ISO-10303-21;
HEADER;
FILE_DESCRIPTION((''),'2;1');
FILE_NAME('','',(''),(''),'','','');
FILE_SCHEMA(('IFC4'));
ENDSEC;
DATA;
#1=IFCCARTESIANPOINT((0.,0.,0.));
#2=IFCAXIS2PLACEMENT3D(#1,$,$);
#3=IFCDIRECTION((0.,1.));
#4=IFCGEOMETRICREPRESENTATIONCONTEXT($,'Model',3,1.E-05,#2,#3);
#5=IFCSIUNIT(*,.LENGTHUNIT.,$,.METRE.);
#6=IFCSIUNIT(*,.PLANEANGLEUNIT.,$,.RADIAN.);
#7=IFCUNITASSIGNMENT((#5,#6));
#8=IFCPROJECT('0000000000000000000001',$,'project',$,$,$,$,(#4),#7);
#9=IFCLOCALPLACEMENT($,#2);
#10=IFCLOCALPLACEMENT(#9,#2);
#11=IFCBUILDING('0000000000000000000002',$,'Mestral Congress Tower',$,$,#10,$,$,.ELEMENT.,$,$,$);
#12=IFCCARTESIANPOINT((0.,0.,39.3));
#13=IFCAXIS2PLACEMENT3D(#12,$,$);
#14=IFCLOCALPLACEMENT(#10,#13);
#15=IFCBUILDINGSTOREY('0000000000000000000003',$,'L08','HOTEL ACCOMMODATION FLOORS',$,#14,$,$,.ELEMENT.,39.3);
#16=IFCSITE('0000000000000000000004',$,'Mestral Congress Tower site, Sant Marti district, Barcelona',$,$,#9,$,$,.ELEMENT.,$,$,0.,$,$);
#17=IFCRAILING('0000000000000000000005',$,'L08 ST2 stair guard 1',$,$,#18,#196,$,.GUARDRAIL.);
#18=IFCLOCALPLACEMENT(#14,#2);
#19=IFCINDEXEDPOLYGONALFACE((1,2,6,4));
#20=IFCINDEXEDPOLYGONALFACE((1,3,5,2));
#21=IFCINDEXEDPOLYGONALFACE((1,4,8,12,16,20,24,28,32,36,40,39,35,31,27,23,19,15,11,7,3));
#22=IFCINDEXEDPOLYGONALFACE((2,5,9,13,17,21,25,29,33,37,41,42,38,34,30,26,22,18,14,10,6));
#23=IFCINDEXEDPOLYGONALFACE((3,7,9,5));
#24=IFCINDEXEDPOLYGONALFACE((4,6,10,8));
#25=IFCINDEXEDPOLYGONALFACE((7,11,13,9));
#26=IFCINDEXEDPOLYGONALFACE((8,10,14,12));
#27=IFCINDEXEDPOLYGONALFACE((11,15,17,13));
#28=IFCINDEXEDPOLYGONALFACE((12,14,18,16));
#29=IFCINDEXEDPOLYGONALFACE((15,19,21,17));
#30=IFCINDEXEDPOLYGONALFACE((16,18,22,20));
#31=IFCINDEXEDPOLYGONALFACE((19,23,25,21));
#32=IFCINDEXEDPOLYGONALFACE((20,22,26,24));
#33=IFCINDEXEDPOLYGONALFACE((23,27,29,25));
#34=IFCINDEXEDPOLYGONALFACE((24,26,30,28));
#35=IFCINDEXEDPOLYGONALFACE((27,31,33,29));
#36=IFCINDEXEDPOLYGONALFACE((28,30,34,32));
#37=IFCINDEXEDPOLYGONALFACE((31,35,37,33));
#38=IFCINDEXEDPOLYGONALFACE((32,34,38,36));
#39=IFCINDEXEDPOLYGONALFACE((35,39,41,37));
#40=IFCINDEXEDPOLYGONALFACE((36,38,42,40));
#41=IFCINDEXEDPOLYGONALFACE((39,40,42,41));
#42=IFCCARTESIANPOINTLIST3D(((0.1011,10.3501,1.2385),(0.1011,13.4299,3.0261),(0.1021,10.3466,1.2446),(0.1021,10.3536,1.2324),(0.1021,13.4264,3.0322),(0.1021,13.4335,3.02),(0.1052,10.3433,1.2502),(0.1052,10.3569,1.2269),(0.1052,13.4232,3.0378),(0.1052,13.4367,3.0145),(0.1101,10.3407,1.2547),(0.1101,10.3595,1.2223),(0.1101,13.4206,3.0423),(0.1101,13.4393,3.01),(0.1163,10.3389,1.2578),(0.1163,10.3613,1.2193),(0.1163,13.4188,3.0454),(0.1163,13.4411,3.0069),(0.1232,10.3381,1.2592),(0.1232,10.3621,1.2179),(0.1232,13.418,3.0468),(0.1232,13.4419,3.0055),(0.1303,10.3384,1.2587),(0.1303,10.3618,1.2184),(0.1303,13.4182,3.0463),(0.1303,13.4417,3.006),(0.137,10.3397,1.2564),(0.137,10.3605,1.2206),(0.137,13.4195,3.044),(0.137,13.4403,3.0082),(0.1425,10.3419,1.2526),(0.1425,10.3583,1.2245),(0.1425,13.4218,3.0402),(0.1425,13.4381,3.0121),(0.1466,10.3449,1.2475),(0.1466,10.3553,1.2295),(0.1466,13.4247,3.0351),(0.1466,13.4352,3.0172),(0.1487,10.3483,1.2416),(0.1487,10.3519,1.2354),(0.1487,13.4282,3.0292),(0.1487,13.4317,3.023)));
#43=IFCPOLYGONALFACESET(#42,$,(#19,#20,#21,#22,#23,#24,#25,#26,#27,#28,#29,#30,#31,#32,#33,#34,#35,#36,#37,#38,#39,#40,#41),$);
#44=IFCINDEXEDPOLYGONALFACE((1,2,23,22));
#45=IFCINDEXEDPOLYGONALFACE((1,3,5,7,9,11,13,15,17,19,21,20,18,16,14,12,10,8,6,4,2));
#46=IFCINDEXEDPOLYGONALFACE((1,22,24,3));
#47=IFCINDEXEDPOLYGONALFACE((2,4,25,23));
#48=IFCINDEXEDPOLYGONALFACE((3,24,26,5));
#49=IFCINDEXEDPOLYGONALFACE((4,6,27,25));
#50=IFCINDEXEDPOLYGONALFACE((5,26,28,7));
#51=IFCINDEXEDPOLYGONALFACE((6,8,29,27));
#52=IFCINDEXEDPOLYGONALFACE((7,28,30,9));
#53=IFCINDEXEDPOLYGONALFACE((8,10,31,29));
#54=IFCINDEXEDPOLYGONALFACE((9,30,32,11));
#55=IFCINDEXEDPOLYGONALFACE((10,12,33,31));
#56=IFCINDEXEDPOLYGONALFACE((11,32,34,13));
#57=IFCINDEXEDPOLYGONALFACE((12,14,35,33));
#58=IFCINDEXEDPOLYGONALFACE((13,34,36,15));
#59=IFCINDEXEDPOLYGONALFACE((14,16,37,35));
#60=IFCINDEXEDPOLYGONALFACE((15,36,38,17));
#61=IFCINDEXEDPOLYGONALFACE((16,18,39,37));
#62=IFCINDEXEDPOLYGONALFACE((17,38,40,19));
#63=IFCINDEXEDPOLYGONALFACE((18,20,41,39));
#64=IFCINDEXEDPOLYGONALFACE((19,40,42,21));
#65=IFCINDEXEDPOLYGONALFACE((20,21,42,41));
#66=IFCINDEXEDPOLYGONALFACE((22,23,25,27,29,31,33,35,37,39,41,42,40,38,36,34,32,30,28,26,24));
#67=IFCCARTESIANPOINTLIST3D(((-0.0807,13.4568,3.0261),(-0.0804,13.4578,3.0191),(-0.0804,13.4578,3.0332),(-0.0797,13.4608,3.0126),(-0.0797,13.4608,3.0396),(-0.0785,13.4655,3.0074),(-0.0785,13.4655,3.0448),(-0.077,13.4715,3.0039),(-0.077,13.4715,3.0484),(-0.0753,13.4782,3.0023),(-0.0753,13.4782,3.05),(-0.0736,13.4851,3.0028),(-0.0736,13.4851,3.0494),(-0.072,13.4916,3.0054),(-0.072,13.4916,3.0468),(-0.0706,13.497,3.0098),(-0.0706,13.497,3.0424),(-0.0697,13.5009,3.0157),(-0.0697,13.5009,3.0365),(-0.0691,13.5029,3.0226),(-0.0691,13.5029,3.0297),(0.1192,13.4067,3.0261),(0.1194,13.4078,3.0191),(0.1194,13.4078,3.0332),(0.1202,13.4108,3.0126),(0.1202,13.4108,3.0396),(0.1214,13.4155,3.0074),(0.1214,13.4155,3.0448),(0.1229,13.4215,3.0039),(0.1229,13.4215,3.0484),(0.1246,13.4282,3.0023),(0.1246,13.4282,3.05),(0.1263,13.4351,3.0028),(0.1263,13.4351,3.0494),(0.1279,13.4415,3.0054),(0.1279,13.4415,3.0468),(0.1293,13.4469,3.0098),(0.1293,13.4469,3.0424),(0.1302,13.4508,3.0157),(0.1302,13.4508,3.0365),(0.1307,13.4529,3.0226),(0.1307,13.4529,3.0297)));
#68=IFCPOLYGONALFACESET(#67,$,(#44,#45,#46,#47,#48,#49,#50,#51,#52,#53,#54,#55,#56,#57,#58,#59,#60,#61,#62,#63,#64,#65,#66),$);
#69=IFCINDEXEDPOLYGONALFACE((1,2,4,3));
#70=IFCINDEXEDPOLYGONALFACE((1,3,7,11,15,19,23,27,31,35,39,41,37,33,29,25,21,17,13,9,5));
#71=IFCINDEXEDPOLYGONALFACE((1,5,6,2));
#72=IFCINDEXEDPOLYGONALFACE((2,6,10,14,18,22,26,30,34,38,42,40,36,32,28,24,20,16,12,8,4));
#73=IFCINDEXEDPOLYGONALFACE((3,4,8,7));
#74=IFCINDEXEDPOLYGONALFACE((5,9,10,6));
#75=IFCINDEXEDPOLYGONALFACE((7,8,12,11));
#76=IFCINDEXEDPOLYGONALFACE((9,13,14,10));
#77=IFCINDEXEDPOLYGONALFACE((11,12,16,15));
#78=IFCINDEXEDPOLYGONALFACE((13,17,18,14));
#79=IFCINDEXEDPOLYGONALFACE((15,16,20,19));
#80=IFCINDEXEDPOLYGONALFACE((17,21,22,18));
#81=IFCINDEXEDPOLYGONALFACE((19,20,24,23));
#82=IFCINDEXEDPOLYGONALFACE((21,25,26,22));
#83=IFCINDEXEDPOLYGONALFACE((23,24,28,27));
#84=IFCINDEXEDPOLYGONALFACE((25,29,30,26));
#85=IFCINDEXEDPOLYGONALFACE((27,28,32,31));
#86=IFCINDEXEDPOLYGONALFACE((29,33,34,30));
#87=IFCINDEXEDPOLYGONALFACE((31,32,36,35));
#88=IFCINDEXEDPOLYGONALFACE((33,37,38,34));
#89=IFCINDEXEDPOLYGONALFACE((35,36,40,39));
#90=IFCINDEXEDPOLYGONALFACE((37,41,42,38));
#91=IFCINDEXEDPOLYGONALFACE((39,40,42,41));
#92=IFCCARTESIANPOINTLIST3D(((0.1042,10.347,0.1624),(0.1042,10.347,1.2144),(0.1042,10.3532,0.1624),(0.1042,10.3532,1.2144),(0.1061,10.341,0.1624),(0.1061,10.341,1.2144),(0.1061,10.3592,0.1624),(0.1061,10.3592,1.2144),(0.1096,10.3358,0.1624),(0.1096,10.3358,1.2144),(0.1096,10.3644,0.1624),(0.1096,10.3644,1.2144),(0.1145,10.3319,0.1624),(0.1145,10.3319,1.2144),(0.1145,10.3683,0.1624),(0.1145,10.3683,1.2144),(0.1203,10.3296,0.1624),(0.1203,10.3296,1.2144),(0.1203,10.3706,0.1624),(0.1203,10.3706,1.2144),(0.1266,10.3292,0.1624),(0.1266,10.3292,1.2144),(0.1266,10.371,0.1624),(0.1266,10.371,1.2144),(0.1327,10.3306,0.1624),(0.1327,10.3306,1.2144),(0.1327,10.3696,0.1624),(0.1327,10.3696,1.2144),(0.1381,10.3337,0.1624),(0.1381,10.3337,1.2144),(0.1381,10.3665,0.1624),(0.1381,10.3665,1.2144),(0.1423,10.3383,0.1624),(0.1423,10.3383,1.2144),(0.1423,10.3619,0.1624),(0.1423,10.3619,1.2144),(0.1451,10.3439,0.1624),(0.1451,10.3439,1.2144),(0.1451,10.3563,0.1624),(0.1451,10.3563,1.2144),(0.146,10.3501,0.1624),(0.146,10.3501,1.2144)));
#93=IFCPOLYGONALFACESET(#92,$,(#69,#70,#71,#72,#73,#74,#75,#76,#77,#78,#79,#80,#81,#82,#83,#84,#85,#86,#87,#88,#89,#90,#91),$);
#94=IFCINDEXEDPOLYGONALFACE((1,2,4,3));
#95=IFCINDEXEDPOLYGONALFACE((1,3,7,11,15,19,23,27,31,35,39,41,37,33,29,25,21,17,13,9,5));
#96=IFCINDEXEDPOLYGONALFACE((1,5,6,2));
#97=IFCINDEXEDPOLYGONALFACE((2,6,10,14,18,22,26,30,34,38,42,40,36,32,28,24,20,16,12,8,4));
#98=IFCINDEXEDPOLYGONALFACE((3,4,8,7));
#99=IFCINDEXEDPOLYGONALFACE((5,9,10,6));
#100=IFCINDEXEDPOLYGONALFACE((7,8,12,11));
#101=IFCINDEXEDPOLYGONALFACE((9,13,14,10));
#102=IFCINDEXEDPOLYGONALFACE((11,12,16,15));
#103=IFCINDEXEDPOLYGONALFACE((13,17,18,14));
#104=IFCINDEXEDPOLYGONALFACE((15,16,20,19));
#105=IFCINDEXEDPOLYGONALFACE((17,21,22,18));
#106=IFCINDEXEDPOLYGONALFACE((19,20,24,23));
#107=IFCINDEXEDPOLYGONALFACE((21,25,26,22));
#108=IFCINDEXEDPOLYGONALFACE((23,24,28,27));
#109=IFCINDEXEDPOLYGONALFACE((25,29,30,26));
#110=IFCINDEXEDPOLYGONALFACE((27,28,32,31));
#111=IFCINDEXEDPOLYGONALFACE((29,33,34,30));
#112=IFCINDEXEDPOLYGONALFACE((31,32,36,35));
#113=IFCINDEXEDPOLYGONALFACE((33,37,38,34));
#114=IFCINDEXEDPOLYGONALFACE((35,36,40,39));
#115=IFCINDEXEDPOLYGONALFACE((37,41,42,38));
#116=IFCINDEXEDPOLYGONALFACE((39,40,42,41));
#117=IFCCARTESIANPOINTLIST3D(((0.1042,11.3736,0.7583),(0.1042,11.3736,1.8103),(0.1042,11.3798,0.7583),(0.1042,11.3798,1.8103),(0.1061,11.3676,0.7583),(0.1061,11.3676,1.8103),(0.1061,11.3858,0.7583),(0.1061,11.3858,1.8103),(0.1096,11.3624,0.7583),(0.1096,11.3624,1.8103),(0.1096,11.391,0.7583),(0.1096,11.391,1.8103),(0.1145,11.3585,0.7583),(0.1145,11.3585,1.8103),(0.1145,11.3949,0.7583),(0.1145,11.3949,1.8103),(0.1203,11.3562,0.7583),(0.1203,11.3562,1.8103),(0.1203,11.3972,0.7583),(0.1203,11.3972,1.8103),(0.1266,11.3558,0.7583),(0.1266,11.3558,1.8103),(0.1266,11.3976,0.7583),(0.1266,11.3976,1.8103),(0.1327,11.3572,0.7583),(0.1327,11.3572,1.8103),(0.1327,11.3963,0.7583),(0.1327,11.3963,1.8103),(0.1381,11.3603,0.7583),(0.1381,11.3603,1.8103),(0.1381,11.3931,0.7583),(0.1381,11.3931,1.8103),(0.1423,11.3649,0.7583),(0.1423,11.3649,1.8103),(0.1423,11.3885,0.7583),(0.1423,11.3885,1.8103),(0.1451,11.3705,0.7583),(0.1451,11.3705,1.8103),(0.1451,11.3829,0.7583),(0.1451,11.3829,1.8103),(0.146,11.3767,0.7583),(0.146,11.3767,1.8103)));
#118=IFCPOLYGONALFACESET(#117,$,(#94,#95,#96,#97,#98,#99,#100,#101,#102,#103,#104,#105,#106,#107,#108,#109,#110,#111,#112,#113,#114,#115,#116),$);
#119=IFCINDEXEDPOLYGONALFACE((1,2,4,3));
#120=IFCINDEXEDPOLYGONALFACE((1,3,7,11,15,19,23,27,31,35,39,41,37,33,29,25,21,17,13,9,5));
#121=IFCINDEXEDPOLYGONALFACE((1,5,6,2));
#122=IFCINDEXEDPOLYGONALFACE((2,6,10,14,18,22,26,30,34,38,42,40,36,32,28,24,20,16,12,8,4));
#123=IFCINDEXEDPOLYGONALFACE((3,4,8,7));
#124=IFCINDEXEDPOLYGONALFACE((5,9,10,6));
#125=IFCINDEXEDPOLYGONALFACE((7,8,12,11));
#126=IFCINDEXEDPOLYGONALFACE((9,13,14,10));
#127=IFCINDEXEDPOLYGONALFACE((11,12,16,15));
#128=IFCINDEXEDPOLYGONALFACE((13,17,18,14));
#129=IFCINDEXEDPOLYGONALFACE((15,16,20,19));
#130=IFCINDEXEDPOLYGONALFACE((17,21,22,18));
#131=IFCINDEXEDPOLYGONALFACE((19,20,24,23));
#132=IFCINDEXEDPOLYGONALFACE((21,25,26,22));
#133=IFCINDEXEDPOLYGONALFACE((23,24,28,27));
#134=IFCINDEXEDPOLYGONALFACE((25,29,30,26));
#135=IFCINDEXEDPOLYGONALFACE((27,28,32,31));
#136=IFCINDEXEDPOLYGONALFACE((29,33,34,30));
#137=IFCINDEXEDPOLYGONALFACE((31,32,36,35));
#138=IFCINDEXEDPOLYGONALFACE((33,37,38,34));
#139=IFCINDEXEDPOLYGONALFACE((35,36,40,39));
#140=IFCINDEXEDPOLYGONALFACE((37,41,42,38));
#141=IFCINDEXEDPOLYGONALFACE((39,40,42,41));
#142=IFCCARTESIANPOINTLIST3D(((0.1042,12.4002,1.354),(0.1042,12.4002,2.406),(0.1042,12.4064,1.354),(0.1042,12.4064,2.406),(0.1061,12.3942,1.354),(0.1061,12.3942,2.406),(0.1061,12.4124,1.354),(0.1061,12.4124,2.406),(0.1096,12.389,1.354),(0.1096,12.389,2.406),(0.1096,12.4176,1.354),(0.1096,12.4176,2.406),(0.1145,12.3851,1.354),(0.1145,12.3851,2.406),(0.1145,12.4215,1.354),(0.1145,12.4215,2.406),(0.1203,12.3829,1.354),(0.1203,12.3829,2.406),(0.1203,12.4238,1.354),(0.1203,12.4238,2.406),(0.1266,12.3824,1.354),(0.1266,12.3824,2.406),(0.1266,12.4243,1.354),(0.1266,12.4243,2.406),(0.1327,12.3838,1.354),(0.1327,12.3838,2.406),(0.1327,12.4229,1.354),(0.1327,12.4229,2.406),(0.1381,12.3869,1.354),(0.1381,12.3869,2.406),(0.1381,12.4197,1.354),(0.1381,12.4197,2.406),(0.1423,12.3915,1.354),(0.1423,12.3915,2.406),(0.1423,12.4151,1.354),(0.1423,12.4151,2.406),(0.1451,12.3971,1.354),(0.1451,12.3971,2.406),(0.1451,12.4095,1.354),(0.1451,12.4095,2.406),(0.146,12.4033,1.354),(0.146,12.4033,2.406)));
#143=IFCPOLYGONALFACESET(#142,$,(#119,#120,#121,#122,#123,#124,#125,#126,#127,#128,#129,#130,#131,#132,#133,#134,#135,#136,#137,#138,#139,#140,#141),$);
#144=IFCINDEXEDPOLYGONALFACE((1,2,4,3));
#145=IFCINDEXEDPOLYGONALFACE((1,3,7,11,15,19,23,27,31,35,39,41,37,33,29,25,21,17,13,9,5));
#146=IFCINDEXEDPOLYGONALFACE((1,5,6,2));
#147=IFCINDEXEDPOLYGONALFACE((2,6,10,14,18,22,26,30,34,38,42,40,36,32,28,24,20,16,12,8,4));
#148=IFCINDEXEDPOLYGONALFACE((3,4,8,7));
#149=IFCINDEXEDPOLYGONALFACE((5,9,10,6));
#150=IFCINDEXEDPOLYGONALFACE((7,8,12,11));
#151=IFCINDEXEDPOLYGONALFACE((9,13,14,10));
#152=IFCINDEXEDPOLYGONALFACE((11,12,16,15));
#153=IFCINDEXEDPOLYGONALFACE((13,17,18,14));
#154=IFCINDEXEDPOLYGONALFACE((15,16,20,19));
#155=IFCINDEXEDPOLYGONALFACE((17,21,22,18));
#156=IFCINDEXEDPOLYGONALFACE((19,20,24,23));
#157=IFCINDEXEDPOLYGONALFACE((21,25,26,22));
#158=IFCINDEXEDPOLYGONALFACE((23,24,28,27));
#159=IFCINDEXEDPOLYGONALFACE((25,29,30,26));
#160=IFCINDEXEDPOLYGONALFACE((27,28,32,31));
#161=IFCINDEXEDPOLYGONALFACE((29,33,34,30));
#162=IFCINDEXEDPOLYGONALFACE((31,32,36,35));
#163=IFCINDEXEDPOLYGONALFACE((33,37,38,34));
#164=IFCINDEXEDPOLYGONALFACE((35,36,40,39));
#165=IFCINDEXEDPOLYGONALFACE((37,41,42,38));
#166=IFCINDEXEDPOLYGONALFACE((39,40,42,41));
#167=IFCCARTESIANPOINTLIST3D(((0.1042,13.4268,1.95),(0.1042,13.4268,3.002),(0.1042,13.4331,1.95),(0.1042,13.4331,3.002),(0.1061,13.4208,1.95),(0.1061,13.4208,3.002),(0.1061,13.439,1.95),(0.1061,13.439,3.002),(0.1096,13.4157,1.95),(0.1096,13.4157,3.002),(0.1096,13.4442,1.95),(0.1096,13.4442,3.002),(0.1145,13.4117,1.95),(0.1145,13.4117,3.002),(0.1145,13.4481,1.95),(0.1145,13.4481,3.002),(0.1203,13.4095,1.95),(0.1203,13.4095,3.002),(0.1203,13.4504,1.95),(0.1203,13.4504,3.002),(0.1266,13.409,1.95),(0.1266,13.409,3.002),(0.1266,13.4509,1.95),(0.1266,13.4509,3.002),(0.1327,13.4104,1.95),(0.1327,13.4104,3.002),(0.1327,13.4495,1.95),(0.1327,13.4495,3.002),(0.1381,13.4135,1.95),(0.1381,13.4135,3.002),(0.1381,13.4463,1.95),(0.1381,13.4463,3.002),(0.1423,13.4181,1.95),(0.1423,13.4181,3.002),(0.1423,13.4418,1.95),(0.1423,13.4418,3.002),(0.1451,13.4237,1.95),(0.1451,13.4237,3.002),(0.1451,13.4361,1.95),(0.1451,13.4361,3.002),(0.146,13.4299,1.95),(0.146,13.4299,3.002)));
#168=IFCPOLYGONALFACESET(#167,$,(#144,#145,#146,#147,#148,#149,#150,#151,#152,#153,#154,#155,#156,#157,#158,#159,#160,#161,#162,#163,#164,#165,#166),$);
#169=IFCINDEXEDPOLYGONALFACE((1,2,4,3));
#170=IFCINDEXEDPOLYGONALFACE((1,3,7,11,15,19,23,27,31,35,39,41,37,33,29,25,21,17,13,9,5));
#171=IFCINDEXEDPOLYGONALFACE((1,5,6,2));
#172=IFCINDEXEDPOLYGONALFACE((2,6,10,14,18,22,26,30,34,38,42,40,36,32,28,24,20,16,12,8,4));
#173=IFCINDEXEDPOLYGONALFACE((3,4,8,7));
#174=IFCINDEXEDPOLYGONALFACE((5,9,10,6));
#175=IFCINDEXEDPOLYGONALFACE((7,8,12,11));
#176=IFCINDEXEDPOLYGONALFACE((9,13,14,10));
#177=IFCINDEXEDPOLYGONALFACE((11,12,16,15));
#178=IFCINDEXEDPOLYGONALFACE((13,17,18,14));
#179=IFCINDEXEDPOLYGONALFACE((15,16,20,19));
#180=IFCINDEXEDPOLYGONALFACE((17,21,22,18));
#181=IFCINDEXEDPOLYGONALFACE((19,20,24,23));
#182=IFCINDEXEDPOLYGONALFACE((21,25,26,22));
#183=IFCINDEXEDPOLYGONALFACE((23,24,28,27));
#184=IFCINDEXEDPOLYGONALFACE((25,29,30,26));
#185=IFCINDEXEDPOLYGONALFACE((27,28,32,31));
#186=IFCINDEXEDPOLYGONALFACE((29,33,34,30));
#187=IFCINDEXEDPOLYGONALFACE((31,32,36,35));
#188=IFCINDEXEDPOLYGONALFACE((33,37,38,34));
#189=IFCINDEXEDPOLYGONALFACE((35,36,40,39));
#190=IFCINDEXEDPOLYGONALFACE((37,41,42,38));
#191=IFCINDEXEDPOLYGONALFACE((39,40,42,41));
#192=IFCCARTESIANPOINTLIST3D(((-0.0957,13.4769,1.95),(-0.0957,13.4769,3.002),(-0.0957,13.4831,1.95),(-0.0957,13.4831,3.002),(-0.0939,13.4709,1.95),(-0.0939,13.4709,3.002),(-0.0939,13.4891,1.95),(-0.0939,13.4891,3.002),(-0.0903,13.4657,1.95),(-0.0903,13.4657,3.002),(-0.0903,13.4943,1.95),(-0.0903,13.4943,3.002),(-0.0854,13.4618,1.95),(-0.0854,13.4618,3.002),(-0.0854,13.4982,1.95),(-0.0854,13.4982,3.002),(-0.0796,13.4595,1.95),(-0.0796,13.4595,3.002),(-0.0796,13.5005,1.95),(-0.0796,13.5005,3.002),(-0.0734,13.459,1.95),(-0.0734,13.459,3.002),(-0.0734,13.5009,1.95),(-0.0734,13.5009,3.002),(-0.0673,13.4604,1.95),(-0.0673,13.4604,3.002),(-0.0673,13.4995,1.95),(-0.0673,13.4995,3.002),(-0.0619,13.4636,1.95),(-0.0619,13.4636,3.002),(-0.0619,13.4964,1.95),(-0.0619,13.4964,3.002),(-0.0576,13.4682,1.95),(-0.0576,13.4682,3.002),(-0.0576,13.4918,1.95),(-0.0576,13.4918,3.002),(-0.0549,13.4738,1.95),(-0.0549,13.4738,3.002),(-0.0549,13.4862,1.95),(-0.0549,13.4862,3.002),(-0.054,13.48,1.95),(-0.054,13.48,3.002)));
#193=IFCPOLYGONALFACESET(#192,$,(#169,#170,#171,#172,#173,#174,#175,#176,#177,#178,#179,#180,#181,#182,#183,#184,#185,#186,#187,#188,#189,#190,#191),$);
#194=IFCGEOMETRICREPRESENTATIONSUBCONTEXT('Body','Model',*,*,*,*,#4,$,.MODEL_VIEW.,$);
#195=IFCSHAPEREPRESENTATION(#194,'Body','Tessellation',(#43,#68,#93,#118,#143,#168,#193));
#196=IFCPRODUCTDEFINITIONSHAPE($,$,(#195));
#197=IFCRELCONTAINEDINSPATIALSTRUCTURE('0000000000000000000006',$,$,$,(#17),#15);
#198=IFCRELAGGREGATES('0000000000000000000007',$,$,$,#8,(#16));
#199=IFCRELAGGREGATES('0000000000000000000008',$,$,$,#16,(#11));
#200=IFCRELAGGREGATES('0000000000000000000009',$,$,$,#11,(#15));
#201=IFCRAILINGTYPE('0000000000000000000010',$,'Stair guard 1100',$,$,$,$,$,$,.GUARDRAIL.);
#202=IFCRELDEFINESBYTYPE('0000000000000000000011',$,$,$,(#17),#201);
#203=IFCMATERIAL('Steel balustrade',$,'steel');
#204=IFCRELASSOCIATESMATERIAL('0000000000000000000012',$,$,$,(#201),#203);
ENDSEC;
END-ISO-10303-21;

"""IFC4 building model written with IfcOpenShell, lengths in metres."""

from ifc_helpers import new_model, si_unit, direction, frame, origin, origin_2d, place, context, subcontext, project, spatial, circle, extrude, material, type_object, element, save


model = new_model("IFC4")

# Units and contexts
model_context = context("Model", 3, precision=1e-05, world=origin(), true_north=direction((0.0, 1.0)))
body_context = subcontext(model_context, "Body", "Model", "MODEL_VIEW")
ifc_project = project(units=[si_unit("LENGTHUNIT", "METRE"), si_unit("PLANEANGLEUNIT", "RADIAN")], contexts=[model_context])

# Site, building, storey
site_placement = place(None, origin())
site = spatial("IfcSite", under=ifc_project, at=site_placement, Name="Mestral Congress Tower site, Sant Marti district, Barcelona", CompositionType="ELEMENT", RefElevation=0.0)
building_placement = place(site_placement, origin())
building = spatial("IfcBuilding", under=site, at=building_placement, Name="Mestral Congress Tower", CompositionType="ELEMENT")
storey_placement = place(building_placement, frame((0.0, 0.0, 39.3)))
storey = spatial("IfcBuildingStorey", under=building, at=storey_placement, Name="L08", Description="HOTEL ACCOMMODATION FLOORS", CompositionType="ELEMENT", Elevation=39.3)

# Railing
ifc_material_1 = material(Name="Steel balustrade", Category="steel")
railing_type_1 = type_object("IfcRailingType", Name="Stair guard 1100", PredefinedType="GUARDRAIL", material=ifc_material_1)
railing_1_placement = place(storey_placement, frame((0.125, 10.3501, 0.1624)))
element("IfcRailing", 1, at=railing_1_placement, inside=storey, type_object=railing_type_1, Name="L08 ST2 stair guard 1", PredefinedType="GUARDRAIL", context=body_context, shape_type="SweptSolid", body=[
    extrude(circle(Radius=0.0239, at=origin_2d()), frame((0.0, 0.0, 1.0762), z_axis=(0.0, 0.864873, 0.50199), x_axis=(-1.0, 0.0, 0.0)), (0.0, 0.0, 1.0), 3.561),
    extrude(circle(Radius=0.0239, at=origin_2d()), frame((0.0, 3.0798, 2.8638), z_axis=(-0.970073, 0.242814, 0.0), x_axis=(-0.242814, -0.970073, 0.0)), (0.0, 0.0, 1.0), 0.2061),
    extrude(circle(Radius=0.021, at=origin_2d()), origin(), (0.0, 0.0, 1.0), 1.052),
    extrude(circle(Radius=0.021, at=origin_2d()), frame((0.0, 1.0266, 0.5959)), (0.0, 0.0, 1.0), 1.052),
    extrude(circle(Radius=0.021, at=origin_2d()), frame((0.0, 2.0532, 1.1917)), (0.0, 0.0, 1.0), 1.052),
    extrude(circle(Radius=0.021, at=origin_2d()), frame((0.0, 3.0798, 1.7876)), (0.0, 0.0, 1.0), 1.052),
    extrude(circle(Radius=0.021, at=origin_2d()), frame((-0.2, 3.1299, 1.7876)), (0.0, 0.0, 1.0), 1.052),
])

save(model, "model.ifc")
